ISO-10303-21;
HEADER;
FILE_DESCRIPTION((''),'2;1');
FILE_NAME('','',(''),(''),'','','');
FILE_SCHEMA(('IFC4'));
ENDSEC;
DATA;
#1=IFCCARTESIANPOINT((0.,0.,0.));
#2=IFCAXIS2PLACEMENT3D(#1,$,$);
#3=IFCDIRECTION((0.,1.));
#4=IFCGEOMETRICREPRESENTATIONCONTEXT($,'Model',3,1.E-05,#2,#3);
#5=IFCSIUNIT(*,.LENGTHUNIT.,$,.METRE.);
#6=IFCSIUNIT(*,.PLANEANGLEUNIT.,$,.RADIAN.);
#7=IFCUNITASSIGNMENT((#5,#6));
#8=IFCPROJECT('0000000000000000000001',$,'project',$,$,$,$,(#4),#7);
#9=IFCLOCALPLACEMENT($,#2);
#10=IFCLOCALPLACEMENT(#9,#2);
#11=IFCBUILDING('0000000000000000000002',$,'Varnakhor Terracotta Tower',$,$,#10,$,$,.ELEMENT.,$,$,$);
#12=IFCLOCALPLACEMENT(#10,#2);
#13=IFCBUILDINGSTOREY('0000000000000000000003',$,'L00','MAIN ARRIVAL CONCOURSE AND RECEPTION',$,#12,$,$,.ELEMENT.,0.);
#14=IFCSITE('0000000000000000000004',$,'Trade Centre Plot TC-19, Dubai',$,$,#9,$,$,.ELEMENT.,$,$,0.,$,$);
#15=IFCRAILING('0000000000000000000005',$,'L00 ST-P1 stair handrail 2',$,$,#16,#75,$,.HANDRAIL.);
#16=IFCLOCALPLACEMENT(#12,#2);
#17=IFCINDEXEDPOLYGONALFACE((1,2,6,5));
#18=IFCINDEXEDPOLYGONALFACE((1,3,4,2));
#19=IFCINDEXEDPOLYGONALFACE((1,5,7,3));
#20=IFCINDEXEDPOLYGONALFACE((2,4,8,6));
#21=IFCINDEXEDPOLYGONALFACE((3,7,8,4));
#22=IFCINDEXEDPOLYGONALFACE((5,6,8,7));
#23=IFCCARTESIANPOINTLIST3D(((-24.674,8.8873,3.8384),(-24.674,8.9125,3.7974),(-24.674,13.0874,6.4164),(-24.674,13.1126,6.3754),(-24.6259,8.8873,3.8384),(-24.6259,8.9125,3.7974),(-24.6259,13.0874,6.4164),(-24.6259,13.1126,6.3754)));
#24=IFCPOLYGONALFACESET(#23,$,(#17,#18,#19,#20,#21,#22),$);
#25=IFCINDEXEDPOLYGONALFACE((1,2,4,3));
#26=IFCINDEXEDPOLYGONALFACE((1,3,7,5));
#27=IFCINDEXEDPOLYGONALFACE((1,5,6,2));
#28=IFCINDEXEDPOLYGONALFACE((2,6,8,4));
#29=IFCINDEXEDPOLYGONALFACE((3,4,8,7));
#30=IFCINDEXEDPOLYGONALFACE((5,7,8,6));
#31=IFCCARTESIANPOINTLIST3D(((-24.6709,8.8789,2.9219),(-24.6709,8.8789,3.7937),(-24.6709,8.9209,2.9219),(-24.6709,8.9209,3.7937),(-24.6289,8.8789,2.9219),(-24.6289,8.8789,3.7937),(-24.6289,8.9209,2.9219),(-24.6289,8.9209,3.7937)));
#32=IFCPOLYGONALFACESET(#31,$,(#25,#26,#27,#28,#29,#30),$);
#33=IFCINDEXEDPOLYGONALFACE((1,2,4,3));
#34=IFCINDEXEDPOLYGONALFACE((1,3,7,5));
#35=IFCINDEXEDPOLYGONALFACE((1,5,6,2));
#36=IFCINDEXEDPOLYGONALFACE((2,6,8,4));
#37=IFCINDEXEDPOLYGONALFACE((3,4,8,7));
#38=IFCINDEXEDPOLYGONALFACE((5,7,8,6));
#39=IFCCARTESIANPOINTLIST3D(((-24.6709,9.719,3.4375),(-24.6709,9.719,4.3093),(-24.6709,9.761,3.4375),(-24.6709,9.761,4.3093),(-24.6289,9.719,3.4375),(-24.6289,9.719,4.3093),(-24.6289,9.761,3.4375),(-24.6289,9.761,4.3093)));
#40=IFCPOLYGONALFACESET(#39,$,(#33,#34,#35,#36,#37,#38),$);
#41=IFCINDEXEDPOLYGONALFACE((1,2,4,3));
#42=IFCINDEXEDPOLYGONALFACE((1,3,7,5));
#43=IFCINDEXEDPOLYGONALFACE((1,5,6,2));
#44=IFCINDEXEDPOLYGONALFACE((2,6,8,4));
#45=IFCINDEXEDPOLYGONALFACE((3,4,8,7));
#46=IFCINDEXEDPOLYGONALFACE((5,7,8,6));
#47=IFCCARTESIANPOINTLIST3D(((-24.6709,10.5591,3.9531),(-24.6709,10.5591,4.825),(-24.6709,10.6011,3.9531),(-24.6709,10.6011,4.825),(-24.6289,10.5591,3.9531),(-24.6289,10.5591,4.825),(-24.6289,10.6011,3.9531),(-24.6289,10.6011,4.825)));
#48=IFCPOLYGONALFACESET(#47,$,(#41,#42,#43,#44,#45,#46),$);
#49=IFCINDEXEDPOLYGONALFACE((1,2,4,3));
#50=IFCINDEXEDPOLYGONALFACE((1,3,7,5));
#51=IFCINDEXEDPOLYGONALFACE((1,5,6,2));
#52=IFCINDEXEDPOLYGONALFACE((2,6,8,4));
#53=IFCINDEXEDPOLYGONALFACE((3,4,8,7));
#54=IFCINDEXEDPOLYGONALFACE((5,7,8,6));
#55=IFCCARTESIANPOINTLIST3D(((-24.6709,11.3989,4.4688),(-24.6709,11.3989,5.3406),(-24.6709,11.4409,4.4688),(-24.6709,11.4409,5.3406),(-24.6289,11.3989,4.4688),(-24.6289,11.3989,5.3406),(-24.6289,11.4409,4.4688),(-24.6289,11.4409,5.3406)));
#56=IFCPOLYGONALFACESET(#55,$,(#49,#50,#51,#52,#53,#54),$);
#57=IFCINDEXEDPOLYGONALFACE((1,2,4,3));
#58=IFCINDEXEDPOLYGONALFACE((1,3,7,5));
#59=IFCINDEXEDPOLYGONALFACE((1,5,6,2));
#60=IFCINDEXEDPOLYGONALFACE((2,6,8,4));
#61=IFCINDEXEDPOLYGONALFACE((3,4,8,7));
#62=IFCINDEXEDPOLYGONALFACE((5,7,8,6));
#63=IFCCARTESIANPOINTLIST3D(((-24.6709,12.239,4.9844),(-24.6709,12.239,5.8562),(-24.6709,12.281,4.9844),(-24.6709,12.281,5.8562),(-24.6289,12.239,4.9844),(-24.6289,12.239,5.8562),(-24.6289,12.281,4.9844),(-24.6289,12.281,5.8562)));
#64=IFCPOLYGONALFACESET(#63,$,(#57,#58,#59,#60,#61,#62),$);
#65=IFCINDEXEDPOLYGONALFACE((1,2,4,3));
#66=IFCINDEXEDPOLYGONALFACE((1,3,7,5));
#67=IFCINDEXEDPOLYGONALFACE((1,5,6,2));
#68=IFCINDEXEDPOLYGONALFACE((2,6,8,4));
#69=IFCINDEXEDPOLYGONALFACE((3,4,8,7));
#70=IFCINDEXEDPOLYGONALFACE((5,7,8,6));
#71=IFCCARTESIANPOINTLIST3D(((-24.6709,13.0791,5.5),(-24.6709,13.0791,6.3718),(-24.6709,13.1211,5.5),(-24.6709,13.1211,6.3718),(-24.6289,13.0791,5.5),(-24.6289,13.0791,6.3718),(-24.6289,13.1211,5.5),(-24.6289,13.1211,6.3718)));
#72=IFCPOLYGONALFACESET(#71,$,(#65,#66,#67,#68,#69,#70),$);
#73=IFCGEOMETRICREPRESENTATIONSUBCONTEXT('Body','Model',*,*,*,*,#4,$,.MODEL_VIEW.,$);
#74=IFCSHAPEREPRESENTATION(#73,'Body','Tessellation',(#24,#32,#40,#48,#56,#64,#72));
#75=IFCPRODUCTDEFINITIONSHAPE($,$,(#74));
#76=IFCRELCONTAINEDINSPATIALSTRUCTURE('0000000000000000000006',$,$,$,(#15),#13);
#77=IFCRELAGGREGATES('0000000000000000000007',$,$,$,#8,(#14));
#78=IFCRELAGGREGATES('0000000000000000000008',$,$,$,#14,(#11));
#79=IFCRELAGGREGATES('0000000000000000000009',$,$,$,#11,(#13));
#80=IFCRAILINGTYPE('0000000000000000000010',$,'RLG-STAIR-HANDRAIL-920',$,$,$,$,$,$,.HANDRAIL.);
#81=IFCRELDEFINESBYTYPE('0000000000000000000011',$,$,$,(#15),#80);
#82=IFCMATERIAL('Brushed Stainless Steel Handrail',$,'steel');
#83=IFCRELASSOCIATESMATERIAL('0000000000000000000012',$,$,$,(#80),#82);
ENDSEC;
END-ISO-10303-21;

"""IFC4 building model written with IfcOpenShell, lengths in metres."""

from ifc_helpers import new_model, si_unit, direction, frame, origin, origin_2d, place, context, subcontext, project, spatial, rectangle, extrude, material, type_object, element, save


model = new_model("IFC4")

# Units and contexts
model_context = context("Model", 3, precision=1e-05, world=origin(), true_north=direction((0.0, 1.0)))
body_context = subcontext(model_context, "Body", "Model", "MODEL_VIEW")
ifc_project = project(units=[si_unit("LENGTHUNIT", "METRE"), si_unit("PLANEANGLEUNIT", "RADIAN")], contexts=[model_context])

# Site, building, storey
site_placement = place(None, origin())
site = spatial("IfcSite", under=ifc_project, at=site_placement, Name="Trade Centre Plot TC-19, Dubai", CompositionType="ELEMENT", RefElevation=0.0)
building_placement = place(site_placement, origin())
building = spatial("IfcBuilding", under=site, at=building_placement, Name="Varnakhor Terracotta Tower", CompositionType="ELEMENT")
storey_placement = place(building_placement, origin())
storey = spatial("IfcBuildingStorey", under=building, at=storey_placement, Name="L00", Description="MAIN ARRIVAL CONCOURSE AND RECEPTION", CompositionType="ELEMENT", Elevation=0.0)

# Railing
ifc_material_1 = material(Name="Brushed Stainless Steel Handrail", Category="steel")
railing_type = type_object("IfcRailingType", Name="RLG-STAIR-HANDRAIL-920", PredefinedType="HANDRAIL", material=ifc_material_1)
railing_placement = place(storey_placement, frame((-24.6499, 8.8999, 2.9219)))
element("IfcRailing", 1, at=railing_placement, inside=storey, type_object=railing_type, Name="L00 ST-P1 stair handrail 2", PredefinedType="HANDRAIL", context=body_context, shape_type="SweptSolid", body=[
    extrude(rectangle(XDim=0.0481, YDim=0.0481, at=origin_2d()), frame((0.0, 0.0, 0.896), z_axis=(0.0, 0.852256, 0.523124), x_axis=(-1.0, 0.0, 0.0)), (0.0, 0.0, 1.0), 4.9282),
    extrude(rectangle(XDim=0.042, YDim=0.042, at=origin_2d()), origin(), (0.0, 0.0, 1.0), 0.8718),
    extrude(rectangle(XDim=0.042, YDim=0.042, at=origin_2d()), frame((0.0, 0.8401, 0.5156)), (0.0, 0.0, 1.0), 0.8718),
    extrude(rectangle(XDim=0.042, YDim=0.042, at=origin_2d()), frame((0.0, 1.6802, 1.0312)), (0.0, 0.0, 1.0), 0.8718),
    extrude(rectangle(XDim=0.042, YDim=0.042, at=origin_2d()), frame((0.0, 2.52, 1.5469)), (0.0, 0.0, 1.0), 0.8718),
    extrude(rectangle(XDim=0.042, YDim=0.042, at=origin_2d()), frame((0.0, 3.3601, 2.0625)), (0.0, 0.0, 1.0), 0.8718),
    extrude(rectangle(XDim=0.042, YDim=0.042, at=origin_2d()), frame((0.0, 4.2002, 2.5781)), (0.0, 0.0, 1.0), 0.8718),
])

save(model, "model.ifc")
